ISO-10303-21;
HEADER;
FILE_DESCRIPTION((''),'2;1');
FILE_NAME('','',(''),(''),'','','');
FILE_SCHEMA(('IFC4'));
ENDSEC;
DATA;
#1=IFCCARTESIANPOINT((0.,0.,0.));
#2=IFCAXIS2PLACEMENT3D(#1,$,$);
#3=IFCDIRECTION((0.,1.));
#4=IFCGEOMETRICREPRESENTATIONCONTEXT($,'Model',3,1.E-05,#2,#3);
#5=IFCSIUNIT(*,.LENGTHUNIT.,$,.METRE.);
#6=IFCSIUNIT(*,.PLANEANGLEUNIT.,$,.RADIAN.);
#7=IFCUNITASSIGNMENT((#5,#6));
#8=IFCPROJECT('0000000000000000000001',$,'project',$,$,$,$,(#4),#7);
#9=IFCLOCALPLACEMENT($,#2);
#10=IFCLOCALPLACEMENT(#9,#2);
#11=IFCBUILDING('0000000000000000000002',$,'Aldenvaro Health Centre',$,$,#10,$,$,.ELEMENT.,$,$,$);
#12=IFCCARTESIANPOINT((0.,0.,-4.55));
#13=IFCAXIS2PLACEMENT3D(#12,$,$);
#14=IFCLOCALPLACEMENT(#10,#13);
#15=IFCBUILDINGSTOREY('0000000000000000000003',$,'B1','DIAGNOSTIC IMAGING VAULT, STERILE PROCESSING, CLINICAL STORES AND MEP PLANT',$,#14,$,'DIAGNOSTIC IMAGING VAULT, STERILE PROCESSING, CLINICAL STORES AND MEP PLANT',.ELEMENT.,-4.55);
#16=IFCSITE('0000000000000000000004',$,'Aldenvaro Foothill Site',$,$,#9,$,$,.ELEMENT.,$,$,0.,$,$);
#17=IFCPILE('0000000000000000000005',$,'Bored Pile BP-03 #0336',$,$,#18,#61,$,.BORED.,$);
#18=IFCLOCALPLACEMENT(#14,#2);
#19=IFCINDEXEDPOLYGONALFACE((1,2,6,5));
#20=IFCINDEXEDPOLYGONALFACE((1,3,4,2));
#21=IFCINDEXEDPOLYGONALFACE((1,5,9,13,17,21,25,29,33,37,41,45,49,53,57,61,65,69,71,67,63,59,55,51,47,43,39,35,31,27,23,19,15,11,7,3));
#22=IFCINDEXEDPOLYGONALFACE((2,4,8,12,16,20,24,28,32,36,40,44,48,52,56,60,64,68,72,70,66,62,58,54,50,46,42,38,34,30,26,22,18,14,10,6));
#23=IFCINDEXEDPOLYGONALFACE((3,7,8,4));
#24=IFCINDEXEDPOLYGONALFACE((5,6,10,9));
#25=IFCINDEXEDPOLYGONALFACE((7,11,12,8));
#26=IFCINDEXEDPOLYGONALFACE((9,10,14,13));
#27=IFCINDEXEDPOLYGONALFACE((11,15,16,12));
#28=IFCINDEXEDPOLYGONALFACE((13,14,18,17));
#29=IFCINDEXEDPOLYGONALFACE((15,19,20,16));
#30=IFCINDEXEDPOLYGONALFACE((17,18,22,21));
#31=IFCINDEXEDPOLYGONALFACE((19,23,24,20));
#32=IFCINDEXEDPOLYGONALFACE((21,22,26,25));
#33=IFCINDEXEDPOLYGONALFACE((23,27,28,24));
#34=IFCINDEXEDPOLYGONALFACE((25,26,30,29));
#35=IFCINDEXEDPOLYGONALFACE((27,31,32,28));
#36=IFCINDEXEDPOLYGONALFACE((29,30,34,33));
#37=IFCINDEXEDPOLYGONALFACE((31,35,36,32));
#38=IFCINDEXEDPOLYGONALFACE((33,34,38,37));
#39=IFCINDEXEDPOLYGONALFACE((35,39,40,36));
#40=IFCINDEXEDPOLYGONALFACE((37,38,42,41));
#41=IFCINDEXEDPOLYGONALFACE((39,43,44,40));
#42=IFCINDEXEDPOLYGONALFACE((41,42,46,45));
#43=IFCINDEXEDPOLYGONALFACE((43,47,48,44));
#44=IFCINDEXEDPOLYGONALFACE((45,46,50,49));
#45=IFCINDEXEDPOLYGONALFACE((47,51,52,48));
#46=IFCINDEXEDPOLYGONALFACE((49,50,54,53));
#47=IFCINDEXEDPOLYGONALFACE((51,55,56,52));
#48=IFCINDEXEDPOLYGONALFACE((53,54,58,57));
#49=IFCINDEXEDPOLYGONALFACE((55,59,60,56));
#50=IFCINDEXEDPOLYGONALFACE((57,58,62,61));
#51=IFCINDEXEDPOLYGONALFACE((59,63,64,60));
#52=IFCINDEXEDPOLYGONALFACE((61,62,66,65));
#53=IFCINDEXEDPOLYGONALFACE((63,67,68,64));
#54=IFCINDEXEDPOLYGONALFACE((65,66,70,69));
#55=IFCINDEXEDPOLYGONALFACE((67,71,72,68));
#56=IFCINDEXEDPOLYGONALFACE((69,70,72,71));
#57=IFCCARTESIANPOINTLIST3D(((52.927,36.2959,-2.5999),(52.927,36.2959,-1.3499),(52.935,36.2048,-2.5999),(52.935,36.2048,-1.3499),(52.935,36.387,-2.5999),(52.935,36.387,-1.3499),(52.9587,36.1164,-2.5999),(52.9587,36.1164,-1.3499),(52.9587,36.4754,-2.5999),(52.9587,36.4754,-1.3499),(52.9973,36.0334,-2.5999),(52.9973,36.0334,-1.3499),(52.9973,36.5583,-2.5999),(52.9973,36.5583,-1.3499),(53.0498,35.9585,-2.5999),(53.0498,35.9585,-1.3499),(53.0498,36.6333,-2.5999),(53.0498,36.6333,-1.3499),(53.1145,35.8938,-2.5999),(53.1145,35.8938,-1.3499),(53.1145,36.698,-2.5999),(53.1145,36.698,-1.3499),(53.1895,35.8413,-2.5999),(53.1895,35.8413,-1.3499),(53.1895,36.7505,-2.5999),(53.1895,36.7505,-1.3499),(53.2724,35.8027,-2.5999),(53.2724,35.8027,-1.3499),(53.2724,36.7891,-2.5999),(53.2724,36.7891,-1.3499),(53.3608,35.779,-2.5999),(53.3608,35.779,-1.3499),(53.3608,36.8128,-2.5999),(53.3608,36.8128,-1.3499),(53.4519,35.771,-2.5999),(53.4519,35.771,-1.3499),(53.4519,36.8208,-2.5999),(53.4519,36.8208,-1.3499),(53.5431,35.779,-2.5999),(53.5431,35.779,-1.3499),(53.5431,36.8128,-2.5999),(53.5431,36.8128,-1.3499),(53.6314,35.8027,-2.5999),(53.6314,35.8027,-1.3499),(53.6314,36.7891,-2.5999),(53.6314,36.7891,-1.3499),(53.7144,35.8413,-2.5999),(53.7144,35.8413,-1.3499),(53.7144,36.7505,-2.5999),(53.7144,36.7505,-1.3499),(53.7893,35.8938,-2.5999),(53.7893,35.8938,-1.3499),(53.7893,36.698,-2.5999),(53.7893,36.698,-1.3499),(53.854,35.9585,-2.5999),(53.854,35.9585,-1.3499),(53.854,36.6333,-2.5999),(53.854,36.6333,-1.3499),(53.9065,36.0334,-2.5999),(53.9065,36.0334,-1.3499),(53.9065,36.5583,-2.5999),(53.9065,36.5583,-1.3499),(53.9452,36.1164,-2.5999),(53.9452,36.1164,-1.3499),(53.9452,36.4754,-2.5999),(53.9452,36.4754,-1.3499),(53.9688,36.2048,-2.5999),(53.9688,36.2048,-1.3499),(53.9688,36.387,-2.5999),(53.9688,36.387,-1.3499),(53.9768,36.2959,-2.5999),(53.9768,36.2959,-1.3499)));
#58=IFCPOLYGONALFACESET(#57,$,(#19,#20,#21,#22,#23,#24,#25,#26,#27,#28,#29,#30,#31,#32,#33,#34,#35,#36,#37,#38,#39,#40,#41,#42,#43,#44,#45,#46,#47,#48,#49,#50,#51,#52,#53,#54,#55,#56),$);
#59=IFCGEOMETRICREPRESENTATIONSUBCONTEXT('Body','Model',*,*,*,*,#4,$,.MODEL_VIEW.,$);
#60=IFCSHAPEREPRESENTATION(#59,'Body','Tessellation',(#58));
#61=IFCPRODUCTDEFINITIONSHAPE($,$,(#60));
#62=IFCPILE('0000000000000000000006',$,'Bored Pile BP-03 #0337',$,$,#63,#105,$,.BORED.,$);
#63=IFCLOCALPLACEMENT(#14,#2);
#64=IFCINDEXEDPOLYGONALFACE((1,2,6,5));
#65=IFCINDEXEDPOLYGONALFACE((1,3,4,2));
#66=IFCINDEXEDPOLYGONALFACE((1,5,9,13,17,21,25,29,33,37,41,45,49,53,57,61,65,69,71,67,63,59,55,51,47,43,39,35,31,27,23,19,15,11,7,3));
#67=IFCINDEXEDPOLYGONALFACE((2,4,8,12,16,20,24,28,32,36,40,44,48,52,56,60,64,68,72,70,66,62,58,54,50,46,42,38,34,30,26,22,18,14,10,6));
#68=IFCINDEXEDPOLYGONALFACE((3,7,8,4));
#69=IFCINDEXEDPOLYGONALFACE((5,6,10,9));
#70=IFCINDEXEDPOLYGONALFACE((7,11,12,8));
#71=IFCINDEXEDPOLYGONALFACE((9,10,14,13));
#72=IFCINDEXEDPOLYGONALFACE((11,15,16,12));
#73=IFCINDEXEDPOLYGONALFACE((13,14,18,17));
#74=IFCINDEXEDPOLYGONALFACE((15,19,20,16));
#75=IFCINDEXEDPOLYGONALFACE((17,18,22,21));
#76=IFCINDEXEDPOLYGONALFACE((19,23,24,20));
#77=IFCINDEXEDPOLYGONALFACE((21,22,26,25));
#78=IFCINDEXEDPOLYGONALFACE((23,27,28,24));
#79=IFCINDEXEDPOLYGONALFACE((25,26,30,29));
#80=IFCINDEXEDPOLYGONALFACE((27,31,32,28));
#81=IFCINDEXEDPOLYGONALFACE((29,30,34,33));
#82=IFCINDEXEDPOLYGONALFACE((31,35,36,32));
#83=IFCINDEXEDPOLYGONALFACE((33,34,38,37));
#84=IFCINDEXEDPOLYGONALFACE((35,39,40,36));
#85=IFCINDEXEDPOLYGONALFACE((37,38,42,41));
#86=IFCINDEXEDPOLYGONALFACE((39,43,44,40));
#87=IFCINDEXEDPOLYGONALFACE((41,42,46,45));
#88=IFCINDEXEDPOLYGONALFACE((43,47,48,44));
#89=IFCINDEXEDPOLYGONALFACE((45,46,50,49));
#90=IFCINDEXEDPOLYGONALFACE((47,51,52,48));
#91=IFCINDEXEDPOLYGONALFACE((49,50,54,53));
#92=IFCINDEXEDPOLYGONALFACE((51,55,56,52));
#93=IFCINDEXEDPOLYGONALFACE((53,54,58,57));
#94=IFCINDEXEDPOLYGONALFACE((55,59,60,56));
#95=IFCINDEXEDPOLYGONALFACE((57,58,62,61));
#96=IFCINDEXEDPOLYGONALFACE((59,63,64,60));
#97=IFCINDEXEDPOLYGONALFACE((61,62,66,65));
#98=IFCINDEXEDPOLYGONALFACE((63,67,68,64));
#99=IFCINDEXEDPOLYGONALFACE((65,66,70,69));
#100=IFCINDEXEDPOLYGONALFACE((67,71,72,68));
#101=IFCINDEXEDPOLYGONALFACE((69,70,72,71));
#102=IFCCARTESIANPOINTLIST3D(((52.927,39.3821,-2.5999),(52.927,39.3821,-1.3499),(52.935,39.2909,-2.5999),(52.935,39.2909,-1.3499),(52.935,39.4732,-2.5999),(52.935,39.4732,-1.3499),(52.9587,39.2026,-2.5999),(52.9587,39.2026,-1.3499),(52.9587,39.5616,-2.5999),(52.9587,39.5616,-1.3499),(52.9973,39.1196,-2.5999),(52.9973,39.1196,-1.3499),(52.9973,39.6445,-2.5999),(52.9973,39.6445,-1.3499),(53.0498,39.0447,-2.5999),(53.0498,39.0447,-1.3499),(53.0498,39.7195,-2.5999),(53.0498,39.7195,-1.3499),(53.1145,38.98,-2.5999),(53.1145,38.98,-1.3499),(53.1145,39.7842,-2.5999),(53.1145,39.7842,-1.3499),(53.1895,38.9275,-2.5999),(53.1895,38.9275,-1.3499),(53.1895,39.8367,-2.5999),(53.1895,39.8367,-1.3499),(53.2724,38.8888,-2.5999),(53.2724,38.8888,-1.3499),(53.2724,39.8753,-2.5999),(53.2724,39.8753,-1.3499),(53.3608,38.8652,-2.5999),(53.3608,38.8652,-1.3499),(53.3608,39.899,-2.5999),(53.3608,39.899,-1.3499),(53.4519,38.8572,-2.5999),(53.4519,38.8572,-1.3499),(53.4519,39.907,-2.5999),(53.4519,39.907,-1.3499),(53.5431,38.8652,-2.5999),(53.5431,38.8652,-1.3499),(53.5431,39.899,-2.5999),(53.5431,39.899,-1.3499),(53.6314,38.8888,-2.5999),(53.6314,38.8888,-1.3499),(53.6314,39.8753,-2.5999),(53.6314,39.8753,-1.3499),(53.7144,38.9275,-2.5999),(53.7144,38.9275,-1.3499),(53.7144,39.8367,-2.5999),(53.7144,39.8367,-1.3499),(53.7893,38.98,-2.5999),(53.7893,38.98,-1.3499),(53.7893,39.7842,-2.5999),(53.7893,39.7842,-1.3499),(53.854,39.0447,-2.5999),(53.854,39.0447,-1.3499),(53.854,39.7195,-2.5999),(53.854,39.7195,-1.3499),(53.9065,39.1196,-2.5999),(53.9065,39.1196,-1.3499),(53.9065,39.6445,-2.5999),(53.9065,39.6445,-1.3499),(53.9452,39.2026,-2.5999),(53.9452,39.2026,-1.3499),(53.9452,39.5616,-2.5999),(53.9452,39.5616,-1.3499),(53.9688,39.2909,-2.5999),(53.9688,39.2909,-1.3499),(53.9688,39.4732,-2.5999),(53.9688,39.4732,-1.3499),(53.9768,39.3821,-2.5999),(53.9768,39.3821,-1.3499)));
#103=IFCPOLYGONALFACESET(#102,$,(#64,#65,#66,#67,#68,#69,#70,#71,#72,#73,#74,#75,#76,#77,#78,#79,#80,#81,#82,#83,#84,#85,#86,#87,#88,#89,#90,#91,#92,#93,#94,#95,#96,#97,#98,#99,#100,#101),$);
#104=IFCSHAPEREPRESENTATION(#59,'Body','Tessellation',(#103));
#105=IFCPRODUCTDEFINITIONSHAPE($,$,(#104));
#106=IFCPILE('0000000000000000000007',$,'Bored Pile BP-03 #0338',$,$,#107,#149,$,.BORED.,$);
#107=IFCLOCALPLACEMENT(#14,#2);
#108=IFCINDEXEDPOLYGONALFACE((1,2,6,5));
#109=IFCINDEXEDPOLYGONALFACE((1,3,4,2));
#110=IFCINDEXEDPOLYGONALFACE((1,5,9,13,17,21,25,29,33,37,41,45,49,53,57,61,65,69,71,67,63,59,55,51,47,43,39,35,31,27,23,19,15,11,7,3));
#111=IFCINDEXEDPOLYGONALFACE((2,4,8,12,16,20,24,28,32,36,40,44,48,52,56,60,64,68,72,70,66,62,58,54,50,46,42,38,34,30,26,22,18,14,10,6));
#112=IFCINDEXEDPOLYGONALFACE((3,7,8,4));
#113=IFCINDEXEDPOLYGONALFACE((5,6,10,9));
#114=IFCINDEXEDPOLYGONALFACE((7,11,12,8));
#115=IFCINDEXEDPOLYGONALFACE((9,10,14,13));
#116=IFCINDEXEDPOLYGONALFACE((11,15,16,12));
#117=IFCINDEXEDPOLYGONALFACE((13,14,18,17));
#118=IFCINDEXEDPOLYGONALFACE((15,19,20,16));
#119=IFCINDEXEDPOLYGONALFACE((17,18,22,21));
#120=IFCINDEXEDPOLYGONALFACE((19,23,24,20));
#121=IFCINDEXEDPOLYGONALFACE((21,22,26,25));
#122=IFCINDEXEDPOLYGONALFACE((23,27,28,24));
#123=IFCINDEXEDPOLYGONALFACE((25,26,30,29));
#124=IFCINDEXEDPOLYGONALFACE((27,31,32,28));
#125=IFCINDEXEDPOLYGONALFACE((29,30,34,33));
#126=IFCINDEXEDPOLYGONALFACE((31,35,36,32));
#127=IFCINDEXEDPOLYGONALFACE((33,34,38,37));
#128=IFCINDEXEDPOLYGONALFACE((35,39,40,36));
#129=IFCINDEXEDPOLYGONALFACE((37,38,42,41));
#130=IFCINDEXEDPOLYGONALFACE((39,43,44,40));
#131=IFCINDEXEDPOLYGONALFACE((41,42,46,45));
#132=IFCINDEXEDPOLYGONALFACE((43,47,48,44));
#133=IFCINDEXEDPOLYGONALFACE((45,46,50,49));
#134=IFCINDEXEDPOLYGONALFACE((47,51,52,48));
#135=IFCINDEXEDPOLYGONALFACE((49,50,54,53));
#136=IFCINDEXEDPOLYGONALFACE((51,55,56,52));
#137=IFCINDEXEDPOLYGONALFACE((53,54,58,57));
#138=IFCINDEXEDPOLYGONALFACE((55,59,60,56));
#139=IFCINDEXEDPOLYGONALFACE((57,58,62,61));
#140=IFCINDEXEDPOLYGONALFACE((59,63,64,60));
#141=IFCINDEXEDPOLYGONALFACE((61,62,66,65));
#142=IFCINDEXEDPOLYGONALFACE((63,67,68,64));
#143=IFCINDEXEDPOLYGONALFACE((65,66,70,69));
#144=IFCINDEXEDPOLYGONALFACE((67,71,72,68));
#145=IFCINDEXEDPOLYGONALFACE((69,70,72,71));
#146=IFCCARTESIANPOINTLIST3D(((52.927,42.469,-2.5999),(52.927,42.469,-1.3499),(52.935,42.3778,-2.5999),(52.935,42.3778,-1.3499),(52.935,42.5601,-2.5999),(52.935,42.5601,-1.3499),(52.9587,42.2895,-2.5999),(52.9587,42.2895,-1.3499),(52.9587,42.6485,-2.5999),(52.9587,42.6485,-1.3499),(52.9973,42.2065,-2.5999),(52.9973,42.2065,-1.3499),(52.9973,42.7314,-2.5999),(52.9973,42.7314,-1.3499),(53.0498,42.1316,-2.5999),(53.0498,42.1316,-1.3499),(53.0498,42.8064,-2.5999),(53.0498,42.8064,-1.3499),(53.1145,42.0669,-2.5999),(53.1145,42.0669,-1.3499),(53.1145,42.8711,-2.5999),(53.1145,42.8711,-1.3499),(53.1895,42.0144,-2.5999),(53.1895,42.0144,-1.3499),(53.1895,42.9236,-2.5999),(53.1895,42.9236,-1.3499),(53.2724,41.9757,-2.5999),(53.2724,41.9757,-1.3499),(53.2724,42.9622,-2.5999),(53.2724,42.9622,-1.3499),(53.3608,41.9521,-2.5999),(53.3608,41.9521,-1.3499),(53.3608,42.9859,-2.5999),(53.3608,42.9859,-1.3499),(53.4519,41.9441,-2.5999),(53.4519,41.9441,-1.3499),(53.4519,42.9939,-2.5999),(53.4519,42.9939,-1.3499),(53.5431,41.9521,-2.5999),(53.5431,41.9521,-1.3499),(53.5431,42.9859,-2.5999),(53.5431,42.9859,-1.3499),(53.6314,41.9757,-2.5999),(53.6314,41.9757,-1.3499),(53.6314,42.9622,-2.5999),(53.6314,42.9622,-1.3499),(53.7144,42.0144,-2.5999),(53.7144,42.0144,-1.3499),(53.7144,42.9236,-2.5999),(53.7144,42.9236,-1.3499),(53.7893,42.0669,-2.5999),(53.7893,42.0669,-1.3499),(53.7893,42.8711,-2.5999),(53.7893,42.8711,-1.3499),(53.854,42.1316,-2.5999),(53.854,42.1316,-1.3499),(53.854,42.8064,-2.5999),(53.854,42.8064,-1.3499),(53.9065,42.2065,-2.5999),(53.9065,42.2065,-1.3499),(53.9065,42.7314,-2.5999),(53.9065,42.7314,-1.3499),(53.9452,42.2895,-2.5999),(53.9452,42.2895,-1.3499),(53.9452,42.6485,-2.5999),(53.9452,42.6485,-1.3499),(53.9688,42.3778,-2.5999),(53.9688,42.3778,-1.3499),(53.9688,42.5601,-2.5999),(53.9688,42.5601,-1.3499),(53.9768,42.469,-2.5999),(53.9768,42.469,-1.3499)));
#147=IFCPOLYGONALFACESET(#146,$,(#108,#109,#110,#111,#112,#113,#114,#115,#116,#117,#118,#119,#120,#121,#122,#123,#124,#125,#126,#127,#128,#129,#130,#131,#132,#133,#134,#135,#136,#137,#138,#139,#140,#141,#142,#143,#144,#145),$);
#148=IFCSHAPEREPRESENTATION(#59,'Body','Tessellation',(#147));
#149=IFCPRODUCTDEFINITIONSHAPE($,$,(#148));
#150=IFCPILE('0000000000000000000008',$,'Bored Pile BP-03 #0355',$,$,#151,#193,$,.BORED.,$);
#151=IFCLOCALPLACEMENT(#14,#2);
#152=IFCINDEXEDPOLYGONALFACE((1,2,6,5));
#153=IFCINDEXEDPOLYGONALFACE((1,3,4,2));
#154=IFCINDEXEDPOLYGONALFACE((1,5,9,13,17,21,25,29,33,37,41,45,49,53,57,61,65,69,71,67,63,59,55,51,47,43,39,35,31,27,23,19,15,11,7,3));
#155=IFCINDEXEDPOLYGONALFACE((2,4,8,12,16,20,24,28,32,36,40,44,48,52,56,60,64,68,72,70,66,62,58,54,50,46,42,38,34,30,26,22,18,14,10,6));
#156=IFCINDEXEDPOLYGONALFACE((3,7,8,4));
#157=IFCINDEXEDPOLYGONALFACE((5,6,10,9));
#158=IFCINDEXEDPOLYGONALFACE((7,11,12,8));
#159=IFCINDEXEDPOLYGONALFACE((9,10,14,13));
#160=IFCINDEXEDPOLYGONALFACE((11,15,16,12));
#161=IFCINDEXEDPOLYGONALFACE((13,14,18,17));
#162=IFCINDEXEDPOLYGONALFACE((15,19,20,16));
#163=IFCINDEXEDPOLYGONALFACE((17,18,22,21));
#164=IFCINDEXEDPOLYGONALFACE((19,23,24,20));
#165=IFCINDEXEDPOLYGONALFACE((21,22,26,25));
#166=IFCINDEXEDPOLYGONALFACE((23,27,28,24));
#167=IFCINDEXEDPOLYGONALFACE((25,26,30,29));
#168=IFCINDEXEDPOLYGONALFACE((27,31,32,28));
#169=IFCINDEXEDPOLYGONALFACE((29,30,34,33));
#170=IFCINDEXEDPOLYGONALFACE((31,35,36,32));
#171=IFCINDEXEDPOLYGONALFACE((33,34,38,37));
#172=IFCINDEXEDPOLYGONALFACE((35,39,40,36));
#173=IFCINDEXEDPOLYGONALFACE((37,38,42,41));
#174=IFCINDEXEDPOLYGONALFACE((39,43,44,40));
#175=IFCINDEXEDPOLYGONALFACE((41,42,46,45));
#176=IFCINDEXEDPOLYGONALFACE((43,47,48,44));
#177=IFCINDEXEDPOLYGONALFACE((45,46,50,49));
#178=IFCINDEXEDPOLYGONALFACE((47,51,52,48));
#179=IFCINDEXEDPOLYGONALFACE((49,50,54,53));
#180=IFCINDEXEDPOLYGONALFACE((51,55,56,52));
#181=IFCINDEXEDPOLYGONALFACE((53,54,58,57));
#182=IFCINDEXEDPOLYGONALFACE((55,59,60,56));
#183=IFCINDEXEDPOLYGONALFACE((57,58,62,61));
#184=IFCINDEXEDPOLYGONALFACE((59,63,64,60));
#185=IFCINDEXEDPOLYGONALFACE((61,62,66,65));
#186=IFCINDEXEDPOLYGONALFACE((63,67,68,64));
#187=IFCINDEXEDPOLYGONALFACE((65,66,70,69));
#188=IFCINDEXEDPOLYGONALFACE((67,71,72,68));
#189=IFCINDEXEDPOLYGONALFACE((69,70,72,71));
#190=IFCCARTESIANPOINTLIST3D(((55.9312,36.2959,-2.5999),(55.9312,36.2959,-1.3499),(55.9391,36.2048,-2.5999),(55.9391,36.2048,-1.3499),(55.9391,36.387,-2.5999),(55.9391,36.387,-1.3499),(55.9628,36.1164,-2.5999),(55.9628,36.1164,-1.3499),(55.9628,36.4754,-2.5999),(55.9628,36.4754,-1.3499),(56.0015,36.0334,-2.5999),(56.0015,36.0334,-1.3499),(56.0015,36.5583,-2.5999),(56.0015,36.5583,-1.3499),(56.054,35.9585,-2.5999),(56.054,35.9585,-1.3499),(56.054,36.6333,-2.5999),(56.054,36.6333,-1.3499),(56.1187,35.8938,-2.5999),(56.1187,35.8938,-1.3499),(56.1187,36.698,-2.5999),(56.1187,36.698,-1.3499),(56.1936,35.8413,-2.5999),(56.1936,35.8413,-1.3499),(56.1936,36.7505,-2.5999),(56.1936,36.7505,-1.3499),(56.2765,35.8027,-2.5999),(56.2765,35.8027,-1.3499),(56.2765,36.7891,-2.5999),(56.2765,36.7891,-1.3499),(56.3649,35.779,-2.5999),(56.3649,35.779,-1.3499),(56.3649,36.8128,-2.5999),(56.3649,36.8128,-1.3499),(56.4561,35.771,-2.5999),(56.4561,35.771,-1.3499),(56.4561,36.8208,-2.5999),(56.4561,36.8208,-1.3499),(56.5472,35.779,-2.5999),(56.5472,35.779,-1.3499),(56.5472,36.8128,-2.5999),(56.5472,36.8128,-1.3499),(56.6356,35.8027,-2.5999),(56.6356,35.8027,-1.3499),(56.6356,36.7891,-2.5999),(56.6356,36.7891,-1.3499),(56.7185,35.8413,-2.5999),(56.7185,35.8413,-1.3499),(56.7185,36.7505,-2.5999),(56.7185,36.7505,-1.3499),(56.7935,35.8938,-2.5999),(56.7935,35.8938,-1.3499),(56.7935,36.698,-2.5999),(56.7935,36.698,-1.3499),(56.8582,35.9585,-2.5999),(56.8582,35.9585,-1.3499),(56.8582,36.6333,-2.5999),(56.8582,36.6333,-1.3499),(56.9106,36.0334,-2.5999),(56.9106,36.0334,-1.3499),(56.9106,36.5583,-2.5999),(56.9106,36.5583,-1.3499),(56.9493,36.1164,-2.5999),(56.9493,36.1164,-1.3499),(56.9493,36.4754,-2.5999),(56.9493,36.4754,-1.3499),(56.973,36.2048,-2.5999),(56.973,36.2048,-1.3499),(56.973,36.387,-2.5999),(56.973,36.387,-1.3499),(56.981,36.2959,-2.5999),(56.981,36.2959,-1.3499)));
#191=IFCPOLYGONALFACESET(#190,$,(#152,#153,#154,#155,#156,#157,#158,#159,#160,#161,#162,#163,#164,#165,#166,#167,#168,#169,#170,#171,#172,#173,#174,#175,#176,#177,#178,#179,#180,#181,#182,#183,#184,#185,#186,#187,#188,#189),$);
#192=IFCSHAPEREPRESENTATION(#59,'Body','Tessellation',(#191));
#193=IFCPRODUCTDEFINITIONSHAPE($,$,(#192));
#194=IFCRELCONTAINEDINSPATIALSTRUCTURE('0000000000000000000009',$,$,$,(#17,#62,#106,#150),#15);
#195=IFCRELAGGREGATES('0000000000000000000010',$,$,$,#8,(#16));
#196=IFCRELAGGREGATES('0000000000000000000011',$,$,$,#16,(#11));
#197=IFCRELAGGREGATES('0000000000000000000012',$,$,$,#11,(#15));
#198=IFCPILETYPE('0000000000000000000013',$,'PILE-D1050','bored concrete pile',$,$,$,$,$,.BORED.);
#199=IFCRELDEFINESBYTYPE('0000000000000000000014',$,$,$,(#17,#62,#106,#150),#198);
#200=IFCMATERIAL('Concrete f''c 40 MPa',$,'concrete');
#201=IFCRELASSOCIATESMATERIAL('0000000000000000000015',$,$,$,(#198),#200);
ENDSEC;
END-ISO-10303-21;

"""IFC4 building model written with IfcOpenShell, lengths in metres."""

from ifc_helpers import new_model, si_unit, direction, frame, origin, origin_2d, place, context, subcontext, project, spatial, circle, extrude, material, material_profile, profile_set, type_object, element, save


model = new_model("IFC4")

# Units and contexts
model_context = context("Model", 3, precision=1e-05, world=origin(), true_north=direction((0.0, 1.0)))
body_context = subcontext(model_context, "Body", "Model", "MODEL_VIEW")
ifc_project = project(units=[si_unit("LENGTHUNIT", "METRE"), si_unit("PLANEANGLEUNIT", "RADIAN")], contexts=[model_context])

# Site, building, storey
site_placement = place(None, origin())
site = spatial("IfcSite", under=ifc_project, at=site_placement, Name="Aldenvaro Foothill Site", CompositionType="ELEMENT", RefElevation=0.0)
building_placement = place(site_placement, origin())
building = spatial("IfcBuilding", under=site, at=building_placement, Name="Aldenvaro Health Centre", CompositionType="ELEMENT")
storey_placement = place(building_placement, frame((0.0, 0.0, -4.55)))
storey = spatial("IfcBuildingStorey", under=building, at=storey_placement, Name="B1", Description="DIAGNOSTIC IMAGING VAULT, STERILE PROCESSING, CLINICAL STORES AND MEP PLANT", LongName="DIAGNOSTIC IMAGING VAULT, STERILE PROCESSING, CLINICAL STORES AND MEP PLANT", CompositionType="ELEMENT", Elevation=-4.55)

# Piles
ifc_material = material(Name="Concrete f'c 40 MPa", Category="concrete")
ifc_material_profile = material_profile(ifc_material, circle(Radius=0.5249, at=origin_2d()), Name="PILE D1050", Category="concrete")
ifc_profile_set = profile_set([ifc_material_profile], Name="Concrete f'c 40 MPa")
pile_type = type_object("IfcPileType", Name="PILE-D1050", Description="bored concrete pile", PredefinedType="BORED", material=ifc_profile_set)
for number, where, z_axis, x_axis, name in (
    (1, (53.4519, 36.2959, -1.3499), (0.0, 0.0, -1.0), (1.0, 0.0, 0.0), "Bored Pile BP-03 #0336"),
    (2, (53.4519, 39.3821, -1.3499), (0.0, 0.0, -1.0), (1.0, 0.0, 0.0), "Bored Pile BP-03 #0337"),
    (3, (53.4519, 42.469, -1.3499), (0.0, 0.0, -1.0), (1.0, 0.0, 0.0), "Bored Pile BP-03 #0338"),
    (4, (56.4561, 36.2959, -1.3499), (0.0, 0.0, -1.0), (1.0, 0.0, 0.0), "Bored Pile BP-03 #0355"),
):
    element("IfcPile", number, at=place(storey_placement, frame(where, z_axis=z_axis, x_axis=x_axis)), inside=storey, type_object=pile_type, Name=name, PredefinedType="BORED", context=body_context, shape_type="SweptSolid", body=[
        extrude(circle(Radius=0.5249, at=origin_2d()), origin(), (0.0, 0.0, 1.0), 1.25),
    ])

save(model, "model.ifc")
